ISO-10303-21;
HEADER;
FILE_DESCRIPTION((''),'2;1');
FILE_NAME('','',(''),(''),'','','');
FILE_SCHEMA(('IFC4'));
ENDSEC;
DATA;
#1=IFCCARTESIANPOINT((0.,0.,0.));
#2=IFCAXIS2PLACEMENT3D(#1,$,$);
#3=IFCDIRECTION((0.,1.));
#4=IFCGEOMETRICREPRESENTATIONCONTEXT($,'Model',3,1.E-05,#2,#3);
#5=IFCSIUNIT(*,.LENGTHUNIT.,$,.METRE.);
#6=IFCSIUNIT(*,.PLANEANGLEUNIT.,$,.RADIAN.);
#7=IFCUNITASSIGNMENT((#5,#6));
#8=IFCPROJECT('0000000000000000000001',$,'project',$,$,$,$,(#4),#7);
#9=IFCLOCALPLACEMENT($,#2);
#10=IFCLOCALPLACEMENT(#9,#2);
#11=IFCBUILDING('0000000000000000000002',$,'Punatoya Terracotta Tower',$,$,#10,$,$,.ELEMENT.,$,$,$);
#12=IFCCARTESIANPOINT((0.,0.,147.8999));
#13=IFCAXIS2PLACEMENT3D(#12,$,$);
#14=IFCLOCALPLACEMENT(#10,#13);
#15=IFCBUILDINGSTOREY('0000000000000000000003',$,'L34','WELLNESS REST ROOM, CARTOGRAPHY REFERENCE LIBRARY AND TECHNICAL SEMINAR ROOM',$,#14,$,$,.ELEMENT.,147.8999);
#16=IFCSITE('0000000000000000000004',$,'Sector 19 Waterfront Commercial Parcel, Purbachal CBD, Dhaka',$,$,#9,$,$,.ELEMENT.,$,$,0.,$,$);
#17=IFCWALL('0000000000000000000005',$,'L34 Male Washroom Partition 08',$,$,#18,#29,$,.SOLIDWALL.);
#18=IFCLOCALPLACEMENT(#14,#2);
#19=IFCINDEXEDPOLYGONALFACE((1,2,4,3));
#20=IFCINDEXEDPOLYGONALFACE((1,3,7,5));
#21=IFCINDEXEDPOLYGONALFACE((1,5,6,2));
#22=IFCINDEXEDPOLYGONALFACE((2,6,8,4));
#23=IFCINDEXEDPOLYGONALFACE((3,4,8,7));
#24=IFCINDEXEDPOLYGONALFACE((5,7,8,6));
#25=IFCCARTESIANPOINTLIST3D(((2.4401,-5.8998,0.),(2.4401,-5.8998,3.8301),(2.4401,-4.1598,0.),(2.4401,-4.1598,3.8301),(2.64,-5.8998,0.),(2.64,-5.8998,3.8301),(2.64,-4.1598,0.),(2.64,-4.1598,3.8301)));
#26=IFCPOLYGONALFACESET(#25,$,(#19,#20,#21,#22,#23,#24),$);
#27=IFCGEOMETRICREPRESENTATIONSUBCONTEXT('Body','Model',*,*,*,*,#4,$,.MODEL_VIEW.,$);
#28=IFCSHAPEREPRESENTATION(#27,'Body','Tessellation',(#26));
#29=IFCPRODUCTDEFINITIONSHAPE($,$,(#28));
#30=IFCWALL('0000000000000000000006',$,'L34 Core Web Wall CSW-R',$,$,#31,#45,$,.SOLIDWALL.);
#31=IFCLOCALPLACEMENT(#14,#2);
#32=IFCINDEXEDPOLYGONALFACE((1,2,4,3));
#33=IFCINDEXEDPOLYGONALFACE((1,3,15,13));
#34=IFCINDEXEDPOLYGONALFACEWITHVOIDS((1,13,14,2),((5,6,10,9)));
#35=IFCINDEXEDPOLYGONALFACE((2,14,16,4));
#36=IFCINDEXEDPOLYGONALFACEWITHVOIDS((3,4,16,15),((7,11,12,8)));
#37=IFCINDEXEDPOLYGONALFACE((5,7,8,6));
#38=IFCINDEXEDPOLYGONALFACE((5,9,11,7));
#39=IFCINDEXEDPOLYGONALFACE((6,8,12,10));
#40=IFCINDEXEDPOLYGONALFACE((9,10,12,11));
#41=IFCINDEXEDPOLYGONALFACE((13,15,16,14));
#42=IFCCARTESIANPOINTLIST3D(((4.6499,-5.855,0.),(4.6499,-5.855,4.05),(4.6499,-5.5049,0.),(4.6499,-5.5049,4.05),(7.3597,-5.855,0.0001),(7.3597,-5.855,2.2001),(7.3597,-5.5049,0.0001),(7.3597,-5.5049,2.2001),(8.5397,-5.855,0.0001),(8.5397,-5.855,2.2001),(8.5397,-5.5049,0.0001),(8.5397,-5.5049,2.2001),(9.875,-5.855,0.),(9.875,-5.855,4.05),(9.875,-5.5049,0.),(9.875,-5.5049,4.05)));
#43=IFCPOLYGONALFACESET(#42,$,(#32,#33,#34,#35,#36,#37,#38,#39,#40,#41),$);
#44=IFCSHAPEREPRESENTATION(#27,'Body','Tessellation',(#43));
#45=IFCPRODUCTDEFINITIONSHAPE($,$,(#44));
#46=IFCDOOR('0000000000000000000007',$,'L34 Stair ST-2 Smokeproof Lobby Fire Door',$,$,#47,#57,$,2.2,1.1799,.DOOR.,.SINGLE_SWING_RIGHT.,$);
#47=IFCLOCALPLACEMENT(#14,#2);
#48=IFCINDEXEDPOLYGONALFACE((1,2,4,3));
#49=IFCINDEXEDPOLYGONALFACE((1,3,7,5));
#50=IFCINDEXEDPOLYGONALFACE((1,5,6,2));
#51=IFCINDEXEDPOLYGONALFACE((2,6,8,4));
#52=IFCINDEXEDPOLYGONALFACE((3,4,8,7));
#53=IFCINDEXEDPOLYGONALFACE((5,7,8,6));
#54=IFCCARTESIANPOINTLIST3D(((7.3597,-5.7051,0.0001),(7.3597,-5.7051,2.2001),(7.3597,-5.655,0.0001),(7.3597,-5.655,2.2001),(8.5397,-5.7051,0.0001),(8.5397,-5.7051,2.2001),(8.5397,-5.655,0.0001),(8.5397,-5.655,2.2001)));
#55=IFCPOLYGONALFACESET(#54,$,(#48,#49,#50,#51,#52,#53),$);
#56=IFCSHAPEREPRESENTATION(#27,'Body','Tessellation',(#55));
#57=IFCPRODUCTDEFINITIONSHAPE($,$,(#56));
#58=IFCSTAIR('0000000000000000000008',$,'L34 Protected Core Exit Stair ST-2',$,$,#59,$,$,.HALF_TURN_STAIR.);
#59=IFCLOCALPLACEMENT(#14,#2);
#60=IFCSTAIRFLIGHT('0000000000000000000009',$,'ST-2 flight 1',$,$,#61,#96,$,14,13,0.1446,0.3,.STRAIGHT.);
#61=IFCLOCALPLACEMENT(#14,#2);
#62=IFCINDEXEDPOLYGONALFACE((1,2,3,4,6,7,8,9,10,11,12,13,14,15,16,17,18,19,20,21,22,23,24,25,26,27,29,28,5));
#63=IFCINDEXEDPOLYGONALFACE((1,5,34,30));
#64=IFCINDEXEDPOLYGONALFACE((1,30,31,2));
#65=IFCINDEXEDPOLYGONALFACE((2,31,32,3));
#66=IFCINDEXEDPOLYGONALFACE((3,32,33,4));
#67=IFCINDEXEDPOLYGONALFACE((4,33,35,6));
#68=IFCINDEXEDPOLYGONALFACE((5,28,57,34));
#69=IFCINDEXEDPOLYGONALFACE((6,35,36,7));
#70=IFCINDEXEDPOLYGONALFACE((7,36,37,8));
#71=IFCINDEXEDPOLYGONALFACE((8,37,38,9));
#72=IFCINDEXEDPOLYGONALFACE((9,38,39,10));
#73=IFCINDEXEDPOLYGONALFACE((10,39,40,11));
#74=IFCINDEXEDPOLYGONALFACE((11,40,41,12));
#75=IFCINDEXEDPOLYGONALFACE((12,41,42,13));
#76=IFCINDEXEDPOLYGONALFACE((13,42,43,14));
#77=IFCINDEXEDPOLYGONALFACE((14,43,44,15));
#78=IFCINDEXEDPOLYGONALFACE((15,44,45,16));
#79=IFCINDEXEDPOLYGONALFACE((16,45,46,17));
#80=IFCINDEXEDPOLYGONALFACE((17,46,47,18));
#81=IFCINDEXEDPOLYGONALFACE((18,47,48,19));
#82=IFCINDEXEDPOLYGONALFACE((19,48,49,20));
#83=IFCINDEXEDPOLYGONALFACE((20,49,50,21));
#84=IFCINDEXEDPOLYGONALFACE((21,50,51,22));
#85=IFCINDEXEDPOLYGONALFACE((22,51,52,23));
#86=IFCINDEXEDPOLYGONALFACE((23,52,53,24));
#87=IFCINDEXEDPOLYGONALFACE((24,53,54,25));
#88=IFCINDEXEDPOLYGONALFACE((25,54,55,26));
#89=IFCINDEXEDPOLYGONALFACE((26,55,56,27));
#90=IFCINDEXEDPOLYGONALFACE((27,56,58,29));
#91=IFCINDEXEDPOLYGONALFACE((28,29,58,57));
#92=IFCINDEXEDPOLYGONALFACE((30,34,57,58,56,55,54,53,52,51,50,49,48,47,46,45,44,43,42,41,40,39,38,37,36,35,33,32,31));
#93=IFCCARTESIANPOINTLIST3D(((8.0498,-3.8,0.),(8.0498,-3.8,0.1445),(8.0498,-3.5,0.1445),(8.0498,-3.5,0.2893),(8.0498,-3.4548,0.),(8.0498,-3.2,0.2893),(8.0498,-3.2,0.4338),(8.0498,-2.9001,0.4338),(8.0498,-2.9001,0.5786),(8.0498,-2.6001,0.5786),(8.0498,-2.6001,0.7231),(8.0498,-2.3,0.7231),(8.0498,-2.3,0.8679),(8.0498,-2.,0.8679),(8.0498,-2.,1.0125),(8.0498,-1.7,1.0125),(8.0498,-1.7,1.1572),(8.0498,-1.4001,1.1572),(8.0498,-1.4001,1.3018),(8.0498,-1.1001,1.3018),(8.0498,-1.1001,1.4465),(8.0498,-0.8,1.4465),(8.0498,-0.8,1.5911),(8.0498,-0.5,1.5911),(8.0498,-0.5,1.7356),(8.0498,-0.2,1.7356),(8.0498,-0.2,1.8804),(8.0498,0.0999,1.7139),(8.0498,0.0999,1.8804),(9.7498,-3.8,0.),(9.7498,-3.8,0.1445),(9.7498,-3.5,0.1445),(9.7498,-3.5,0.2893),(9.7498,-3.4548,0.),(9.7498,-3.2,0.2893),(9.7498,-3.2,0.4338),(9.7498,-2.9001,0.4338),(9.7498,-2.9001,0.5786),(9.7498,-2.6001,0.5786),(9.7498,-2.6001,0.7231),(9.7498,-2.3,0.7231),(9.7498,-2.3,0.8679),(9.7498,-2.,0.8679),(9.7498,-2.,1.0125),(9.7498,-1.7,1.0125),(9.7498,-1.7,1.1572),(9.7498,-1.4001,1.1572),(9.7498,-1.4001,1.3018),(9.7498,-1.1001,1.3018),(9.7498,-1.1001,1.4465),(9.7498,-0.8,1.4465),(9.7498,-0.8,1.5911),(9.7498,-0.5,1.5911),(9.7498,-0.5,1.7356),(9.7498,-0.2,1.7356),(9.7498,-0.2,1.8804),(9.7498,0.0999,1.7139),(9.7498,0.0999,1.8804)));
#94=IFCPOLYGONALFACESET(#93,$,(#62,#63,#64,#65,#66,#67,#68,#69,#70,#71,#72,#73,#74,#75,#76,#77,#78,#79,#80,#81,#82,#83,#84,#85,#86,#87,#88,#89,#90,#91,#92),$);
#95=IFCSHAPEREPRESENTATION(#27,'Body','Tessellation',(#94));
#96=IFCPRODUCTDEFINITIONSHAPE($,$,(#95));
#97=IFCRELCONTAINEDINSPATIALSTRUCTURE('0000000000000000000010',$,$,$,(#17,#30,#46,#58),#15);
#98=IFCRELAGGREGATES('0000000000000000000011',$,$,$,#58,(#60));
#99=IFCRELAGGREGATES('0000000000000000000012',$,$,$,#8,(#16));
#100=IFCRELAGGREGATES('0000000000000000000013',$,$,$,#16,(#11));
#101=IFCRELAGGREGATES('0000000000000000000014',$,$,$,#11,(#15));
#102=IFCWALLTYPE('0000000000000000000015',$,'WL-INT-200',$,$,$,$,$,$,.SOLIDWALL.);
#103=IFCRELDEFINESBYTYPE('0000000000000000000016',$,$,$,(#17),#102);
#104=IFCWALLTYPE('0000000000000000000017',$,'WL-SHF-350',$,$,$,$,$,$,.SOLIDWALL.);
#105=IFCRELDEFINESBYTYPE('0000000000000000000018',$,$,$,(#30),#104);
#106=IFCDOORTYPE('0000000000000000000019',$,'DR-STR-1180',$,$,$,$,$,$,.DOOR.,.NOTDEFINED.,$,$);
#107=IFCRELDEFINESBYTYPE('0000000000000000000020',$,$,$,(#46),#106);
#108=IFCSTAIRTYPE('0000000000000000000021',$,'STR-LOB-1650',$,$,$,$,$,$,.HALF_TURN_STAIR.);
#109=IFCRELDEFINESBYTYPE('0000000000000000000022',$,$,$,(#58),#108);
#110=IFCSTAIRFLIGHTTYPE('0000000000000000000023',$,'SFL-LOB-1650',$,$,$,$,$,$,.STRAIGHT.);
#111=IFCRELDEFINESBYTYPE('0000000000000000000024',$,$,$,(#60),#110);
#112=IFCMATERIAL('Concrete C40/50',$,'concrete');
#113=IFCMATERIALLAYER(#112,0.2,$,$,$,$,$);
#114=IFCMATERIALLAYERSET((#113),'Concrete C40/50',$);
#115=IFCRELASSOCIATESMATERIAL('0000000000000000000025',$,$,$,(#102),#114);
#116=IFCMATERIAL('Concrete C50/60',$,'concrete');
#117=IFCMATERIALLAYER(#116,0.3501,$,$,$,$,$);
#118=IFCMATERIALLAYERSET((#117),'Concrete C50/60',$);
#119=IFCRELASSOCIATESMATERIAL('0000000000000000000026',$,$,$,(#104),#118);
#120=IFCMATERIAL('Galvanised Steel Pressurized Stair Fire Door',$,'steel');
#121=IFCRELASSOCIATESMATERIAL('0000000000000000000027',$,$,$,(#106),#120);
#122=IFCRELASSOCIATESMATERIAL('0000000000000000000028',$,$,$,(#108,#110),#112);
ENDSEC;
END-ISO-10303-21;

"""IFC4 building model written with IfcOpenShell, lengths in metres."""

from ifc_helpers import new_model, si_unit, direction, frame, frame_2d, origin, place, context, subcontext, project, spatial, polyline, rectangle, outline, extrude, material, layer, layer_set, type_object, element, fill, aggregate, save


model = new_model("IFC4")

# Units and contexts
model_context = context("Model", 3, precision=1e-05, world=origin(), true_north=direction((0.0, 1.0)))
body_context = subcontext(model_context, "Body", "Model", "MODEL_VIEW")
ifc_project = project(units=[si_unit("LENGTHUNIT", "METRE"), si_unit("PLANEANGLEUNIT", "RADIAN")], contexts=[model_context])

# Site, building, storey
site_placement = place(None, origin())
site = spatial("IfcSite", under=ifc_project, at=site_placement, Name="Sector 19 Waterfront Commercial Parcel, Purbachal CBD, Dhaka", CompositionType="ELEMENT", RefElevation=0.0)
building_placement = place(site_placement, origin())
building = spatial("IfcBuilding", under=site, at=building_placement, Name="Punatoya Terracotta Tower", CompositionType="ELEMENT")
storey_placement = place(building_placement, frame((0.0, 0.0, 147.8999)))
storey = spatial("IfcBuildingStorey", under=building, at=storey_placement, Name="L34", Description="WELLNESS REST ROOM, CARTOGRAPHY REFERENCE LIBRARY AND TECHNICAL SEMINAR ROOM", CompositionType="ELEMENT", Elevation=147.8999)

# Wall
ifc_material_1 = material(Name="Concrete C40/50", Category="concrete")
ifc_layer_1 = layer(ifc_material_1, 0.2)
ifc_layer_set_1 = layer_set([ifc_layer_1], Name="Concrete C40/50")
wall_type_1 = type_object("IfcWallType", Name="WL-INT-200", PredefinedType="SOLIDWALL", material=ifc_layer_set_1)
wall_1_placement = place(storey_placement, frame((2.54, -5.8999, 0.0), z_axis=(0.0, 0.0, 1.0), x_axis=(0.0, 1.0, 0.0)))
element("IfcWall", 1, at=wall_1_placement, inside=storey, type_object=wall_type_1, Name="L34 Male Washroom Partition 08", PredefinedType="SOLIDWALL", context=body_context, shape_type="SweptSolid", body=[
    extrude(rectangle(XDim=1.74, YDim=0.2, at=frame_2d((0.8701, 0.0))), origin(), (0.0, 0.0, 1.0), 3.8301),
])

# Wall, opening, door
ifc_material_2 = material(Name="Concrete C50/60", Category="concrete")
ifc_layer_2 = layer(ifc_material_2, 0.3501)
ifc_layer_set_2 = layer_set([ifc_layer_2], Name="Concrete C50/60")
wall_type_2 = type_object("IfcWallType", Name="WL-SHF-350", PredefinedType="SOLIDWALL", material=ifc_layer_set_2)
wall_2_placement = place(storey_placement, frame((4.6499, -5.6799, 0.0), z_axis=(0.0, 0.0, 1.0), x_axis=(1.0, 0.0, 0.0)))
wall_2 = element("IfcWall", 2, at=wall_2_placement, inside=storey, type_object=wall_type_2, Name="L34 Core Web Wall CSW-R", PredefinedType="SOLIDWALL", context=body_context, shape_type="SweptSolid", body=[
    extrude(rectangle(XDim=5.2251, YDim=0.3501, at=frame_2d((2.6125, 0.0))), origin(), (0.0, 0.0, 1.0), 4.05),
])
opening_1_placement = place(wall_2_placement, frame((2.71, 0.0, 0.0)))
opening_1 = element("IfcOpeningElement", 3, at=opening_1_placement, cuts=wall_2, PredefinedType="OPENING", context=body_context, shape_type="SweptSolid", body=[
    extrude(rectangle(XDim=1.1799, YDim=2.2, at=frame_2d((0.5898, 1.1001))), frame((0.0, 0.1851, 0.0), z_axis=(0.0, -1.0, 0.0), x_axis=(1.0, 0.0, 0.0)), (0.0, 0.0, 1.0), 0.3701),
])
ifc_material_3 = material(Name="Galvanised Steel Pressurized Stair Fire Door", Category="steel")
door_type_1 = type_object("IfcDoorType", Name="DR-STR-1180", OperationType="NOTDEFINED", PredefinedType="DOOR", material=ifc_material_3)
door_1_placement = place(opening_1_placement, origin())
door_1 = element("IfcDoor", 4, at=door_1_placement, inside=storey, type_object=door_type_1, Name="L34 Stair ST-2 Smokeproof Lobby Fire Door", OperationType="SINGLE_SWING_RIGHT", OverallHeight=2.2, OverallWidth=1.1799, PredefinedType="DOOR", context=body_context, shape_type="SweptSolid", body=[
    extrude(rectangle(XDim=1.1799, YDim=2.2, at=frame_2d((0.5898, 1.1001))), frame((0.0, 0.0249, 0.0), z_axis=(0.0, -1.0, 0.0), x_axis=(1.0, 0.0, 0.0)), (0.0, 0.0, 1.0), 0.05),
])
fill(opening_1, door_1)

# Stair, stair flight
stair_type = type_object("IfcStairType", Name="STR-LOB-1650", PredefinedType="HALF_TURN_STAIR", material=ifc_material_1)
stair_placement = place(storey_placement, origin())
stair = element("IfcStair", 5, at=stair_placement, inside=storey, type_object=stair_type, Name="L34 Protected Core Exit Stair ST-2", PredefinedType="HALF_TURN_STAIR")
stair_flight_type = type_object("IfcStairFlightType", Name="SFL-LOB-1650", PredefinedType="STRAIGHT", material=ifc_material_1)
stair_flight_placement = place(storey_placement, frame((8.8999, -3.8, 0.0), z_axis=(0.0, 0.0, 1.0), x_axis=(0.0, 1.0, 0.0)))
stair_flight = element("IfcStairFlight", 6, at=stair_flight_placement, type_object=stair_flight_type, Name="ST-2 flight 1", NumberOfRisers=14, NumberOfTreads=13, PredefinedType="STRAIGHT", RiserHeight=0.1446, TreadLength=0.3, context=body_context, shape_type="SweptSolid", body=[
    extrude(outline(polyline([(0.0, 0.0), (0.0, 0.1445), (0.3, 0.1445), (0.3, 0.2893), (0.6001, 0.2893), (0.6001, 0.4338), (0.8999, 0.4338), (0.8999, 0.5786), (1.2, 0.5786), (1.2, 0.7231), (1.5, 0.7231), (1.5, 0.8679), (1.8, 0.8679), (1.8, 1.0125), (2.1001, 1.0125), (2.1001, 1.1572), (2.3999, 1.1572), (2.3999, 1.3018), (2.7, 1.3018), (2.7, 1.4465), (3.0, 1.4465), (3.0, 1.5911), (3.3, 1.5911), (3.3, 1.7356), (3.6001, 1.7356), (3.6001, 1.8804), (3.8999, 1.8804), (3.8999, 2.0249), (3.8999, 1.7139), (0.3452, 0.0), (0.0, 0.0)])), frame((0.0, 0.8501, 0.0), z_axis=(0.0, -1.0, 0.0), x_axis=(1.0, 0.0, 0.0)), (0.0, 0.0, 1.0), 1.7),
])
aggregate(stair, [stair_flight])

save(model, "model.ifc")
